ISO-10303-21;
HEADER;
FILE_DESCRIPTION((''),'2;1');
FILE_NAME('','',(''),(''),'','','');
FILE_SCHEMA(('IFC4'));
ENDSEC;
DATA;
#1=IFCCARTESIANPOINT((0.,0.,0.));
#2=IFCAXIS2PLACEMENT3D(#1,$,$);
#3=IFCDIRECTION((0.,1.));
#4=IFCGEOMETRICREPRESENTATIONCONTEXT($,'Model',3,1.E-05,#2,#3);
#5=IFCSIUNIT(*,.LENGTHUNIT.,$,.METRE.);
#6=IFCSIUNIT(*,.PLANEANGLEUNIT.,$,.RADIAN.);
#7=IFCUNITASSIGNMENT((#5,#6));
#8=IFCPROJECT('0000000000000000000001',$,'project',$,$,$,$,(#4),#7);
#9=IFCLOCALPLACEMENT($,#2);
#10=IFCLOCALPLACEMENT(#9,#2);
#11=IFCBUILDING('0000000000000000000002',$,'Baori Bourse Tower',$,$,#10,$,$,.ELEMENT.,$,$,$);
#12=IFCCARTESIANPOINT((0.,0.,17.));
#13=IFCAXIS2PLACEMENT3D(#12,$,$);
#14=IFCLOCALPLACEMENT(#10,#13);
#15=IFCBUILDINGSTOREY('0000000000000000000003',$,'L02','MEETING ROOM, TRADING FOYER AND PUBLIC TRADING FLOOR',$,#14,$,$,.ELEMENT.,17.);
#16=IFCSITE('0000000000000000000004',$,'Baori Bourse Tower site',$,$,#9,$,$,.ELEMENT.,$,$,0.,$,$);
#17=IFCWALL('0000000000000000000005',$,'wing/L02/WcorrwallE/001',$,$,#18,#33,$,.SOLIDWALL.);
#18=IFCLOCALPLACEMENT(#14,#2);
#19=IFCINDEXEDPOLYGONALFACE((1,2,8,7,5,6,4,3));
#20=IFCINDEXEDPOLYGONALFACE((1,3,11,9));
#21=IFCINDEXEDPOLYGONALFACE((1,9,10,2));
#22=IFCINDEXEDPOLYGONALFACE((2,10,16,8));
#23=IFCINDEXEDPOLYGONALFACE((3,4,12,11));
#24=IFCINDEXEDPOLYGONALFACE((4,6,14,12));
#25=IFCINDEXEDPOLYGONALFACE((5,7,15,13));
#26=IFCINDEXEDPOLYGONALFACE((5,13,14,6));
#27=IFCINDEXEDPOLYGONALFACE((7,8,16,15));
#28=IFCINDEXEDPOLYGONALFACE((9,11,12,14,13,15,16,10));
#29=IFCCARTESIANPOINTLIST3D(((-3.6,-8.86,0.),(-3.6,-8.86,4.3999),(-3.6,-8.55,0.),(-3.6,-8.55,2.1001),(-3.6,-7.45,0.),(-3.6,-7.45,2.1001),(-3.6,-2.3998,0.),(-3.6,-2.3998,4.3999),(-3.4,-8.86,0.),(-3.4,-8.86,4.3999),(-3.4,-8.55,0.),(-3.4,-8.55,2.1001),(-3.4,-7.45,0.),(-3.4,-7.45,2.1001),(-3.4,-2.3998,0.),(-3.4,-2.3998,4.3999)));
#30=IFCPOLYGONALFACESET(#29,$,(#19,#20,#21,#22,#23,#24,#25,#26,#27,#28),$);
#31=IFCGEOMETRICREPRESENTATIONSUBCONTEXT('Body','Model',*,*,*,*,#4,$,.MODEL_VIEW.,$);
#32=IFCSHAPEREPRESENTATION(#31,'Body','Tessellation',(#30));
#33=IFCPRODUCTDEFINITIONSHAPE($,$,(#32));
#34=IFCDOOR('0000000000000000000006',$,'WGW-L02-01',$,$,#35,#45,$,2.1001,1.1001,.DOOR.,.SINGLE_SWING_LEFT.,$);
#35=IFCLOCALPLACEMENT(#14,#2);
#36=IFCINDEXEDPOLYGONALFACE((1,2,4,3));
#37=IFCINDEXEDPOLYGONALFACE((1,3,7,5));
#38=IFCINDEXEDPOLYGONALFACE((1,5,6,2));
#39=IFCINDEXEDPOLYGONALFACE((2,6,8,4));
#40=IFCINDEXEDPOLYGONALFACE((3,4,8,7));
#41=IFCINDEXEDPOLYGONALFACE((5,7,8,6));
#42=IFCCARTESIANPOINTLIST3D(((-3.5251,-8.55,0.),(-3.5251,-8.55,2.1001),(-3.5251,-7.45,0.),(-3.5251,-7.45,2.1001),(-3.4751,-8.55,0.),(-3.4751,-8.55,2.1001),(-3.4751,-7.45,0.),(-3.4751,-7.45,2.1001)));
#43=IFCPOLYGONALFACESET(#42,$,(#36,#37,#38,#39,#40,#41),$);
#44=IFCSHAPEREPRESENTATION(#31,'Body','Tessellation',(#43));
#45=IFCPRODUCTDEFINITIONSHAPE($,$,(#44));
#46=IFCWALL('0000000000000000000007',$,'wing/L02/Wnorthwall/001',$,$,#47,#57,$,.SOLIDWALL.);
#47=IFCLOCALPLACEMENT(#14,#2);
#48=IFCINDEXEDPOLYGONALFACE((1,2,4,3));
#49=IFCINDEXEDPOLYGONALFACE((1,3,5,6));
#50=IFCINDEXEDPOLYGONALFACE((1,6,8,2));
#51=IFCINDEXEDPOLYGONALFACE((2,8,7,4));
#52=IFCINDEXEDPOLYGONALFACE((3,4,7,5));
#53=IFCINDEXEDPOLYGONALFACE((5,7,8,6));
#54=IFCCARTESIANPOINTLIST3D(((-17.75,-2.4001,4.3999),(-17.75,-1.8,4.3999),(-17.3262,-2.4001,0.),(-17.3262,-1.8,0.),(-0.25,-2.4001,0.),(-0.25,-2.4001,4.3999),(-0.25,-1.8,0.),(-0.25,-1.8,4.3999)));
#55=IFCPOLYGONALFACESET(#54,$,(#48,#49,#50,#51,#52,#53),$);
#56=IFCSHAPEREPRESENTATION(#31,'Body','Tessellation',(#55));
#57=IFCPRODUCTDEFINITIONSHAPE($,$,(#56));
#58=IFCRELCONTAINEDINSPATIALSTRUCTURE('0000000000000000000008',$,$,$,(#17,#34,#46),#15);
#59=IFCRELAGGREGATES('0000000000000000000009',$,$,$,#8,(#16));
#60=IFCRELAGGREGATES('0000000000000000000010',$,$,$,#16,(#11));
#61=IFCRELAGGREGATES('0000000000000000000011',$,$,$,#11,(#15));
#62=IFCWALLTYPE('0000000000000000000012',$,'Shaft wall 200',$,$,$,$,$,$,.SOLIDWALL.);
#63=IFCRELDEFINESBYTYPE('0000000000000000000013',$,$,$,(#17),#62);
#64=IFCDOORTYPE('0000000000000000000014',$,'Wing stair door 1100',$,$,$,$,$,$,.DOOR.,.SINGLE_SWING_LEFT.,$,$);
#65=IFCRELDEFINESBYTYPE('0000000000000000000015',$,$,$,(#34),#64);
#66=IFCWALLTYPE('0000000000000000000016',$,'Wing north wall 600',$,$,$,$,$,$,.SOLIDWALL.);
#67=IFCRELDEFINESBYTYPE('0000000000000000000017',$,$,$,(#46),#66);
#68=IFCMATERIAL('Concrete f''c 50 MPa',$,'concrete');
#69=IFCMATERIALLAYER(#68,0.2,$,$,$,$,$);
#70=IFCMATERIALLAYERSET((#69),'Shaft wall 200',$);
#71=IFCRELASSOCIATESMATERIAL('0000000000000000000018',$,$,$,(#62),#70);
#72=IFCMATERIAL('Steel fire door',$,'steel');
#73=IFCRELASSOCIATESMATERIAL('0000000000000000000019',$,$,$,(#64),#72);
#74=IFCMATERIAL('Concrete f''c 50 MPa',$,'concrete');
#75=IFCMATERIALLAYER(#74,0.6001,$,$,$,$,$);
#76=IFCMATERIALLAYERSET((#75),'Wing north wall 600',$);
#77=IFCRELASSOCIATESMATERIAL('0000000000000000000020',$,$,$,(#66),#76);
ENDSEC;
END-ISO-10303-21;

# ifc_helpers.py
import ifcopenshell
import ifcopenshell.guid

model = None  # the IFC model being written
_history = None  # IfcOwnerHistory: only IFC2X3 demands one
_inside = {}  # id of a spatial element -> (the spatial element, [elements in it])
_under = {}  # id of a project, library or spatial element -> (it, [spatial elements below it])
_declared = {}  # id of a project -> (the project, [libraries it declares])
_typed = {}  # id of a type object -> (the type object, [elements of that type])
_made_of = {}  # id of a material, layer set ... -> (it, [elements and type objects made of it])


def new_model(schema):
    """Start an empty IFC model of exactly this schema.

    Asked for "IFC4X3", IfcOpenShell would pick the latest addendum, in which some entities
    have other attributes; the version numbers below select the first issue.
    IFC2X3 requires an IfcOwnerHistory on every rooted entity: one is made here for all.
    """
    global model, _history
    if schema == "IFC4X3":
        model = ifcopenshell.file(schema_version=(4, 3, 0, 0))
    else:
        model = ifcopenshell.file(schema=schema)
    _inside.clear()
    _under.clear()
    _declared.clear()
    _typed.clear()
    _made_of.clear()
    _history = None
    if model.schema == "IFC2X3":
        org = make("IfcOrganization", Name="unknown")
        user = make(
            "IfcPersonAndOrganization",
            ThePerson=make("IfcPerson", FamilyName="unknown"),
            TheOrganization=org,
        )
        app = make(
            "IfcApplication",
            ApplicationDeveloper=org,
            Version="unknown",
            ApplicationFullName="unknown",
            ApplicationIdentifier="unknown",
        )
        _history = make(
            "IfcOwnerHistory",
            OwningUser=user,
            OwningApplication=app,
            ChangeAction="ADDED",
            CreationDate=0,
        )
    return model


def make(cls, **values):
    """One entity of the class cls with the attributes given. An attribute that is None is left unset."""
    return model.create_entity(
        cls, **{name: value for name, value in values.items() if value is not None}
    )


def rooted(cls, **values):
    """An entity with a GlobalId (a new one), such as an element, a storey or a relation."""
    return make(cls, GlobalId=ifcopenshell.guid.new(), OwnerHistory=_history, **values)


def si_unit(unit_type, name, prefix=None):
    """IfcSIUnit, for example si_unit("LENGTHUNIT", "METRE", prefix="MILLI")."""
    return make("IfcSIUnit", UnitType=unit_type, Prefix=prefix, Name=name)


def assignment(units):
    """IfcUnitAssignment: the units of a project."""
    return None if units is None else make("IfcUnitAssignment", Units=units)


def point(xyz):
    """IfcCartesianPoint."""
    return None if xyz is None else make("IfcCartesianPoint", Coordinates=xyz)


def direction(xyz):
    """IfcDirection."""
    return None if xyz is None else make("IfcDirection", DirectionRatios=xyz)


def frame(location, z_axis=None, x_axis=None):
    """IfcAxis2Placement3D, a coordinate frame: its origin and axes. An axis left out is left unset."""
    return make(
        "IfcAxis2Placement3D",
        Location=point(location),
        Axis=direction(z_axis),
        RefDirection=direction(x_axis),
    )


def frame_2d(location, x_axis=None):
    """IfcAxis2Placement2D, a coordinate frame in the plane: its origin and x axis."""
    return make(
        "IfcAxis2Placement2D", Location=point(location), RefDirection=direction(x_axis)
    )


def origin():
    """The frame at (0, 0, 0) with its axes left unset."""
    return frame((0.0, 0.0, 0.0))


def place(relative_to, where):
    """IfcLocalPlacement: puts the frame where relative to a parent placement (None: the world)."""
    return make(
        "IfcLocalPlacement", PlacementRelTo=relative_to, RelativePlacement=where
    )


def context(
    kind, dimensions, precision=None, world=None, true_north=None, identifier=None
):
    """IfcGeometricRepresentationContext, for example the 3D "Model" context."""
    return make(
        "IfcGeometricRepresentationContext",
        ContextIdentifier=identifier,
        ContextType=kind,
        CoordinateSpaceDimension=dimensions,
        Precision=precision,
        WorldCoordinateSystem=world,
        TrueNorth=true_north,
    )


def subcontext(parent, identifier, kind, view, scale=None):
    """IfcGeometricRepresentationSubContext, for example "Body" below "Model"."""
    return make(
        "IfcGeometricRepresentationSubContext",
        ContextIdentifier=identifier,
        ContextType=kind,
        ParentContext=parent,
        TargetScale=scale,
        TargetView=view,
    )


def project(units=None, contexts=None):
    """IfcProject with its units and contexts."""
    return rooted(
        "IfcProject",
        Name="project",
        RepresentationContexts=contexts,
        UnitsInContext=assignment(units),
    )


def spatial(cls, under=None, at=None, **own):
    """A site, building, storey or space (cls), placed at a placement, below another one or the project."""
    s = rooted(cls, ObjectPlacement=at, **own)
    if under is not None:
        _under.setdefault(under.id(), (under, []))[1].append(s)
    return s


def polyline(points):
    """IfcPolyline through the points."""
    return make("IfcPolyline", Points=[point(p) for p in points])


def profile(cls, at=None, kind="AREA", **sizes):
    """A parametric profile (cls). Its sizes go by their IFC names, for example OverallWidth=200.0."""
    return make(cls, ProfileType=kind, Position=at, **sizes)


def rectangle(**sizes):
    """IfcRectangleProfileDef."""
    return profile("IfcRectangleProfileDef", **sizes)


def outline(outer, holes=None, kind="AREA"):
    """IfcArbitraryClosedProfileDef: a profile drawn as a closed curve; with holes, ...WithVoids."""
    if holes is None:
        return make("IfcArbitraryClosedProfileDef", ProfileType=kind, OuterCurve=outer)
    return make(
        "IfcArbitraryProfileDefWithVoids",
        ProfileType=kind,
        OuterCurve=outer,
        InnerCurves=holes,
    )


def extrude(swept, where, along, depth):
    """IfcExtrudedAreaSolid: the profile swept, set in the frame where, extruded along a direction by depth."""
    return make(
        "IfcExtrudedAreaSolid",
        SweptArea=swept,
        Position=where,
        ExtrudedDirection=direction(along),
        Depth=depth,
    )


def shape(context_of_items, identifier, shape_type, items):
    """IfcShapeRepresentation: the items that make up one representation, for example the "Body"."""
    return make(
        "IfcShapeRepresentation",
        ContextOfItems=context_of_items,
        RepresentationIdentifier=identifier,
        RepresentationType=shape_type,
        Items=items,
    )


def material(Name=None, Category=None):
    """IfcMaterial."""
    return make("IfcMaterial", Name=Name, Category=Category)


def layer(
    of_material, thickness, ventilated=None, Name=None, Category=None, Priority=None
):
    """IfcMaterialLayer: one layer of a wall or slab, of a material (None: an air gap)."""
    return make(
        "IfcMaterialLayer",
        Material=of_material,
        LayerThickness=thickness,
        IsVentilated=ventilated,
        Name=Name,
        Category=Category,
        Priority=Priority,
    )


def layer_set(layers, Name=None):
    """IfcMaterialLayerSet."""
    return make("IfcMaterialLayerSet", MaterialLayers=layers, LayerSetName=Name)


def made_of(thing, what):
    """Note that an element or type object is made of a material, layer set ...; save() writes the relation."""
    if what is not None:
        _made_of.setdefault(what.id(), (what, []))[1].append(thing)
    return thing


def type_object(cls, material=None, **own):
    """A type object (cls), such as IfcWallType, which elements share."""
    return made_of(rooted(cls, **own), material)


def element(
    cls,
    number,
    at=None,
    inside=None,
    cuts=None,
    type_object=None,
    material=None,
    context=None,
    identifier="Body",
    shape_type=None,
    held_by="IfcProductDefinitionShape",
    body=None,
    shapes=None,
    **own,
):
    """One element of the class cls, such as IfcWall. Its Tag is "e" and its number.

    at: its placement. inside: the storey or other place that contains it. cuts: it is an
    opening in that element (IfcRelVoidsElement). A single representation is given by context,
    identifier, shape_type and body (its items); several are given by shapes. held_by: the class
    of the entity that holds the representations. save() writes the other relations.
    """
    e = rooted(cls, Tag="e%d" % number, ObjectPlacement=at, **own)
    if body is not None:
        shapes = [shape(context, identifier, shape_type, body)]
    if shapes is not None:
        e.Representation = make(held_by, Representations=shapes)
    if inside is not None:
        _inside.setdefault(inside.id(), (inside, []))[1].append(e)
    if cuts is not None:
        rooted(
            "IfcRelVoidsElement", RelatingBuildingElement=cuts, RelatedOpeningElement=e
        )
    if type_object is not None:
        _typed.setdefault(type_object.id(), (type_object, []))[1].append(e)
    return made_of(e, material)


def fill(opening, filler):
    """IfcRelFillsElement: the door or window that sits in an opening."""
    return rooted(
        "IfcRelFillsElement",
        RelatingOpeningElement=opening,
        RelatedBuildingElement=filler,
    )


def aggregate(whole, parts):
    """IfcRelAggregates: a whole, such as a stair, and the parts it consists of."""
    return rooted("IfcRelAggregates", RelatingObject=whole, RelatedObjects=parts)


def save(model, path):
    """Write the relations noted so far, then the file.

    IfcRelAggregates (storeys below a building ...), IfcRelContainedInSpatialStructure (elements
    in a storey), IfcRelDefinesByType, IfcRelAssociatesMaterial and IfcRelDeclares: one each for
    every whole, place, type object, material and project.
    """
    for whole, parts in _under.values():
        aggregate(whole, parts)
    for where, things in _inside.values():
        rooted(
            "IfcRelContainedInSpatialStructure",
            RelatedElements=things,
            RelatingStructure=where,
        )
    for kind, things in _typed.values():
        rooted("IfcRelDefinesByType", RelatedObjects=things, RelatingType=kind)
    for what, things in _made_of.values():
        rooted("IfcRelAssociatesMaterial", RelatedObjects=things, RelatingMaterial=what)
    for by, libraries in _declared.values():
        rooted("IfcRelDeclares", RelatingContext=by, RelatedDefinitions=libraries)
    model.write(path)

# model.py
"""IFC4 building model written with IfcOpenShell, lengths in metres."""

from ifc_helpers import new_model, si_unit, direction, frame, frame_2d, origin, place, context, subcontext, project, spatial, polyline, rectangle, outline, extrude, material, layer, layer_set, type_object, element, fill, save


model = new_model("IFC4")

# Units and contexts
model_context = context("Model", 3, precision=1e-05, world=origin(), true_north=direction((0.0, 1.0)))
body_context = subcontext(model_context, "Body", "Model", "MODEL_VIEW")
ifc_project = project(units=[si_unit("LENGTHUNIT", "METRE"), si_unit("PLANEANGLEUNIT", "RADIAN")], contexts=[model_context])

# Site, building, storey
site_placement = place(None, origin())
site = spatial("IfcSite", under=ifc_project, at=site_placement, Name="Baori Bourse Tower site", CompositionType="ELEMENT", RefElevation=0.0)
building_placement = place(site_placement, origin())
building = spatial("IfcBuilding", under=site, at=building_placement, Name="Baori Bourse Tower", CompositionType="ELEMENT")
storey_placement = place(building_placement, frame((0.0, 0.0, 17.0)))
storey = spatial("IfcBuildingStorey", under=building, at=storey_placement, Name="L02", Description="MEETING ROOM, TRADING FOYER AND PUBLIC TRADING FLOOR", CompositionType="ELEMENT", Elevation=17.0)

# Wall, opening, door
ifc_material_1 = material(Name="Concrete f'c 50 MPa", Category="concrete")
ifc_layer_1 = layer(ifc_material_1, 0.2)
ifc_layer_set_1 = layer_set([ifc_layer_1], Name="Shaft wall 200")
wall_type_1 = type_object("IfcWallType", Name="Shaft wall 200", PredefinedType="SOLIDWALL", material=ifc_layer_set_1)
wall_1_placement = place(storey_placement, frame((-3.5, -2.3999, 0.0), z_axis=(0.0, 0.0, 1.0), x_axis=(0.0, -1.0, 0.0)))
wall_1 = element("IfcWall", 1, at=wall_1_placement, inside=storey, type_object=wall_type_1, Name="wing/L02/WcorrwallE/001", PredefinedType="SOLIDWALL", context=body_context, shape_type="SweptSolid", body=[
    extrude(rectangle(XDim=6.4602, YDim=0.2, at=frame_2d((3.23, 0.0))), origin(), (0.0, 0.0, 1.0), 4.3999),
])
opening_placement = place(wall_1_placement, frame((5.05, 0.0, 0.0)))
opening = element("IfcOpeningElement", 2, at=opening_placement, cuts=wall_1, PredefinedType="OPENING", context=body_context, shape_type="SweptSolid", body=[
    extrude(rectangle(XDim=1.1001, YDim=2.1001, at=frame_2d((0.55, 1.05))), frame((0.0, 0.1099, 0.0), z_axis=(0.0, -1.0, 0.0), x_axis=(1.0, 0.0, 0.0)), (0.0, 0.0, 1.0), 0.22),
])
ifc_material_2 = material(Name="Steel fire door", Category="steel")
door_type = type_object("IfcDoorType", Name="Wing stair door 1100", OperationType="SINGLE_SWING_LEFT", PredefinedType="DOOR", material=ifc_material_2)
door_placement = place(opening_placement, origin())
door = element("IfcDoor", 3, at=door_placement, inside=storey, type_object=door_type, Name="WGW-L02-01", OperationType="SINGLE_SWING_LEFT", OverallHeight=2.1001, OverallWidth=1.1001, PredefinedType="DOOR", context=body_context, shape_type="SweptSolid", body=[
    extrude(rectangle(XDim=1.1001, YDim=2.1001, at=frame_2d((0.55, 1.05))), frame((0.0, 0.0249, 0.0), z_axis=(0.0, -1.0, 0.0), x_axis=(1.0, 0.0, 0.0)), (0.0, 0.0, 1.0), 0.05),
])
fill(opening, door)

# Wall
ifc_material_3 = material(Name="Concrete f'c 50 MPa", Category="concrete")
ifc_layer_2 = layer(ifc_material_3, 0.6001)
ifc_layer_set_2 = layer_set([ifc_layer_2], Name="Wing north wall 600")
wall_type_2 = type_object("IfcWallType", Name="Wing north wall 600", PredefinedType="SOLIDWALL", material=ifc_layer_set_2)
wall_2_placement = place(storey_placement, frame((-0.25, -2.1001, 0.0), z_axis=(0.0, 0.0, 1.0), x_axis=(-1.0, 0.0, 0.0)))
element("IfcWall", 4, at=wall_2_placement, inside=storey, type_object=wall_type_2, Name="wing/L02/Wnorthwall/001", PredefinedType="SOLIDWALL", context=body_context, shape_type="SweptSolid", body=[
    extrude(outline(polyline([(0.0, 0.0), (17.0762, 0.0), (17.5, 4.3999), (0.0, 4.3999), (0.0, 0.0)])), frame((0.0, 0.3, 0.0), z_axis=(0.0, -1.0, 0.0), x_axis=(1.0, 0.0, 0.0)), (0.0, 0.0, 1.0), 0.6001),
])

save(model, "model.ifc")
